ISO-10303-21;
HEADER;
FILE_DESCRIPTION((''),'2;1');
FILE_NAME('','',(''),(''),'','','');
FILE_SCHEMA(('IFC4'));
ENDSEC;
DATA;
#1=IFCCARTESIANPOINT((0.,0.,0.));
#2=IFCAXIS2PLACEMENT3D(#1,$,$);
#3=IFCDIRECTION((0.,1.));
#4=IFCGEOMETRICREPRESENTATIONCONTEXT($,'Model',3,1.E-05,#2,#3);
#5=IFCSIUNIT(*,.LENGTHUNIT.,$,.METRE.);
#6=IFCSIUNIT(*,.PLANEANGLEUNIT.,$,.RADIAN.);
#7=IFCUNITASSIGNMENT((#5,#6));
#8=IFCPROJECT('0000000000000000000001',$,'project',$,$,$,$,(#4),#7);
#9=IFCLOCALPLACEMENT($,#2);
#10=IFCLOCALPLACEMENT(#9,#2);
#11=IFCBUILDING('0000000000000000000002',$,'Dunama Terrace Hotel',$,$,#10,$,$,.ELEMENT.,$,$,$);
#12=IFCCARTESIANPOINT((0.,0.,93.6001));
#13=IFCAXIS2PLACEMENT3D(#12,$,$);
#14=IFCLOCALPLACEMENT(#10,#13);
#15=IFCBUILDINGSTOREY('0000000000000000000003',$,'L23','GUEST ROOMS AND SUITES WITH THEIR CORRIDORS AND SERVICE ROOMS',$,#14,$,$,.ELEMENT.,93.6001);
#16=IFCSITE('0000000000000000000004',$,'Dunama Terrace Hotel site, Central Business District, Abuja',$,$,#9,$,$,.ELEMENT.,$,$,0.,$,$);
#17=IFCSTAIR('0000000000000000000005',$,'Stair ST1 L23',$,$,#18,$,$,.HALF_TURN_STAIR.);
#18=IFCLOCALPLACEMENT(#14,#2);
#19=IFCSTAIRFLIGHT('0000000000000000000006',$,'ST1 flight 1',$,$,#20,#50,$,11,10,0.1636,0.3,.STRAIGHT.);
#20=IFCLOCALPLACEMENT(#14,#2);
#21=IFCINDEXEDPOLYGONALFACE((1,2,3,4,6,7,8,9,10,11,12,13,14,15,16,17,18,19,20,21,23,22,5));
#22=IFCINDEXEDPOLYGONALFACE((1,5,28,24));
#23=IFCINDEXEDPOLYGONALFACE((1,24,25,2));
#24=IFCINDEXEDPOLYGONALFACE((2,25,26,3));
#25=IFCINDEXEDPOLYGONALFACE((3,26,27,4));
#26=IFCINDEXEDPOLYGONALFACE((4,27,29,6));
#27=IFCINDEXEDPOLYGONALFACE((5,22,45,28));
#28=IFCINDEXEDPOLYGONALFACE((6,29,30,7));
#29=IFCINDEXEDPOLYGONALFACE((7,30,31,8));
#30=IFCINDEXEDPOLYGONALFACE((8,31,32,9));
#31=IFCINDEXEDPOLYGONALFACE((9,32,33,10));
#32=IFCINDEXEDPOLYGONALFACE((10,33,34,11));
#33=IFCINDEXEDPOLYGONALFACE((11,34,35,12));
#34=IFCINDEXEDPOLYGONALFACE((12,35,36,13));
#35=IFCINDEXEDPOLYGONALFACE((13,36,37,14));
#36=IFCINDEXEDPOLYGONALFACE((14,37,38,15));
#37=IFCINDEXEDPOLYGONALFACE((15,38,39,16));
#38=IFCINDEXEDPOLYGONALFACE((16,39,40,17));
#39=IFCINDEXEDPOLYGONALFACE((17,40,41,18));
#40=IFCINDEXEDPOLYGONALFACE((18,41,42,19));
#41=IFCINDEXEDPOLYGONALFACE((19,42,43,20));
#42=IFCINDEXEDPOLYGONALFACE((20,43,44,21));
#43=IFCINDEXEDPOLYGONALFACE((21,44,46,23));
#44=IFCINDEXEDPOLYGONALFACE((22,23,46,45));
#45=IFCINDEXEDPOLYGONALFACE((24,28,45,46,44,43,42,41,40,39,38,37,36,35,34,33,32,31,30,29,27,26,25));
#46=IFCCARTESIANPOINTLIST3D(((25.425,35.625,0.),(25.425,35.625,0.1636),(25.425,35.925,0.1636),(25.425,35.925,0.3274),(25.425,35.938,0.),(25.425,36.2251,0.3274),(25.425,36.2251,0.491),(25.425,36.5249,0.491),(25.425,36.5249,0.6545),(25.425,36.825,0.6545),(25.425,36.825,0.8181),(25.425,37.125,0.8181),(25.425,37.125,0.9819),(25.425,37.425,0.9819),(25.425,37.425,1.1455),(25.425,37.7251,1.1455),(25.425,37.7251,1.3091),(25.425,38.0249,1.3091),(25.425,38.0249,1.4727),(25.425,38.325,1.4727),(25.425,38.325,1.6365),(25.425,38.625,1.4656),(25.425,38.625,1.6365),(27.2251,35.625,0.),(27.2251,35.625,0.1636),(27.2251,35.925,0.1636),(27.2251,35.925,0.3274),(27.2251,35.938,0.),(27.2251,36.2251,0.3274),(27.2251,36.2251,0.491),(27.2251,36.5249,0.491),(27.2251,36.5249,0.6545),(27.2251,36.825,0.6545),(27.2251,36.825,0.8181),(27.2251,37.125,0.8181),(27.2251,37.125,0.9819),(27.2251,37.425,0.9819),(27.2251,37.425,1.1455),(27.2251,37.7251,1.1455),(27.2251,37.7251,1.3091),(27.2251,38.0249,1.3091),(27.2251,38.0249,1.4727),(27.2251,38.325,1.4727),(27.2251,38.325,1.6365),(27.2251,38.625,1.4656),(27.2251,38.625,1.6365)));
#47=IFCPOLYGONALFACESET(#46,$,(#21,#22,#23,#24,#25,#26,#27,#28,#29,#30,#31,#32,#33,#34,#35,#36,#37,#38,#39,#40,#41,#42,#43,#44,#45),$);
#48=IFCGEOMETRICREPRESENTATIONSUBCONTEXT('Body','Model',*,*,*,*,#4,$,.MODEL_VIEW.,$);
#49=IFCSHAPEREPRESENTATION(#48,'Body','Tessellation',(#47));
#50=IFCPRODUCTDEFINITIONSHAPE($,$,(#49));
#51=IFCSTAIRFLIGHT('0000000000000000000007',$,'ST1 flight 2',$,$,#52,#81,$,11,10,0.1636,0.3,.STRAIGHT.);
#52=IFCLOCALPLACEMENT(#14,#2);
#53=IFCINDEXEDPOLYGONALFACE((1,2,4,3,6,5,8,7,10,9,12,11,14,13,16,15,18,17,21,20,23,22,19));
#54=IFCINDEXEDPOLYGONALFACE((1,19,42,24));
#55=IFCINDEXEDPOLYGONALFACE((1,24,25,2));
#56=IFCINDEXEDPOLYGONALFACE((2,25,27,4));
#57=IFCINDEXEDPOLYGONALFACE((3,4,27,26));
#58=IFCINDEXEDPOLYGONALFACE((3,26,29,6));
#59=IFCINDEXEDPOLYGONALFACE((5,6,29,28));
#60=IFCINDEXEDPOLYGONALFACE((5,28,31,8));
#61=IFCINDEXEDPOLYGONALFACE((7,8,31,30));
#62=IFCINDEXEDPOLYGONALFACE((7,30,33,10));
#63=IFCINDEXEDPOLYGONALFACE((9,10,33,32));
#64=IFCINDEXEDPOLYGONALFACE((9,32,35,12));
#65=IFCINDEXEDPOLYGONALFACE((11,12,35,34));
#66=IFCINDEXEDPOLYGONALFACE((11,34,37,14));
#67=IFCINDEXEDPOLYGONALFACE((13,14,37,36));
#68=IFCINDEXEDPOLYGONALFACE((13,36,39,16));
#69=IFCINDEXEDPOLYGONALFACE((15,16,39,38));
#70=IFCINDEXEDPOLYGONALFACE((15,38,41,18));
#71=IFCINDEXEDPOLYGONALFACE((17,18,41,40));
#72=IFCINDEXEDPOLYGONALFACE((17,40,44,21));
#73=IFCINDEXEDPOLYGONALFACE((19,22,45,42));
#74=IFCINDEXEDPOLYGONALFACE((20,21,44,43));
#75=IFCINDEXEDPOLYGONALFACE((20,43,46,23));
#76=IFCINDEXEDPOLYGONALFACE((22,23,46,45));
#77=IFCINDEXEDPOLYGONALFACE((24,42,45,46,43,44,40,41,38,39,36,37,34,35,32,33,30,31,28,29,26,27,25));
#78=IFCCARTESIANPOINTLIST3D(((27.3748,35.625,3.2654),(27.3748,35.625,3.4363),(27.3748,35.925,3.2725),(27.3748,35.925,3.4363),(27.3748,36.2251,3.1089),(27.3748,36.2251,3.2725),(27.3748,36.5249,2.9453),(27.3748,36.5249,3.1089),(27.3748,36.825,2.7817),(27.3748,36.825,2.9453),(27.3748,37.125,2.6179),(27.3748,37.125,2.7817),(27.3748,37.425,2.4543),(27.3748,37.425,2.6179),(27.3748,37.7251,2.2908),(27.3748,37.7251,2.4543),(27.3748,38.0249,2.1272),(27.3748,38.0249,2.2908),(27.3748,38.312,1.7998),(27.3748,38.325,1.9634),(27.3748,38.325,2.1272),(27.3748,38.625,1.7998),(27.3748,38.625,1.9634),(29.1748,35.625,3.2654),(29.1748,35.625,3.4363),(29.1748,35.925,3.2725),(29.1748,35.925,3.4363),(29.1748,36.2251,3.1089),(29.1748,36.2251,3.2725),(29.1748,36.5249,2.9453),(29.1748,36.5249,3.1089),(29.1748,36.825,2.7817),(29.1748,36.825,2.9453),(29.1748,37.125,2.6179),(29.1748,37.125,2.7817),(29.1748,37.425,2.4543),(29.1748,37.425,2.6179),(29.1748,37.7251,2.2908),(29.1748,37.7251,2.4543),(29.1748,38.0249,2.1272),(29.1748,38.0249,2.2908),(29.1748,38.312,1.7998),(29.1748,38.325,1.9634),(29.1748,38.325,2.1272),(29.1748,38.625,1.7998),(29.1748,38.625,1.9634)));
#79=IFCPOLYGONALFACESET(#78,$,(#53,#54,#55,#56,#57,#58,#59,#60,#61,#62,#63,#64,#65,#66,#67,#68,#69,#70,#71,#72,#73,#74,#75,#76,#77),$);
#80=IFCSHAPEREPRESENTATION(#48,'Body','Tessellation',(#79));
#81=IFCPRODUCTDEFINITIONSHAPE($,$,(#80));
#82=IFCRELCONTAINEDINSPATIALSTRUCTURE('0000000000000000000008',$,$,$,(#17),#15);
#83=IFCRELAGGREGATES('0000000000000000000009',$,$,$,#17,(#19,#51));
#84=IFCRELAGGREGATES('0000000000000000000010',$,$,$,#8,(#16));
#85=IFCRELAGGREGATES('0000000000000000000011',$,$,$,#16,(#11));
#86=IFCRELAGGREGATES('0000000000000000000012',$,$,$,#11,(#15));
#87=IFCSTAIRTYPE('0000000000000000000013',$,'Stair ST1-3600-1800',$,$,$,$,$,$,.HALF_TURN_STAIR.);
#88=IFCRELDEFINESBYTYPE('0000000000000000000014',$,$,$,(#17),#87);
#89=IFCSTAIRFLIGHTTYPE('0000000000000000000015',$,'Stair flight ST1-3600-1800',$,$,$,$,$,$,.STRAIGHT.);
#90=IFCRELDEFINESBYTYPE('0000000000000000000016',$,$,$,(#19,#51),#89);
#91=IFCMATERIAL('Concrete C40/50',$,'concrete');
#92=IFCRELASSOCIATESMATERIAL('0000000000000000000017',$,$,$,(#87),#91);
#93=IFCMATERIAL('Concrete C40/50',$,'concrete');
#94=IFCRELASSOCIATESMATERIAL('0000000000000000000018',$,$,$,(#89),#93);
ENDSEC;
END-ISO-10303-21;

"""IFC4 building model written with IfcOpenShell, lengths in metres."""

from ifc_helpers import new_model, si_unit, direction, frame, origin, place, context, subcontext, project, spatial, polyline, outline, extrude, material, type_object, element, aggregate, save


model = new_model("IFC4")

# Units and contexts
model_context = context("Model", 3, precision=1e-05, world=origin(), true_north=direction((0.0, 1.0)))
body_context = subcontext(model_context, "Body", "Model", "MODEL_VIEW")
ifc_project = project(units=[si_unit("LENGTHUNIT", "METRE"), si_unit("PLANEANGLEUNIT", "RADIAN")], contexts=[model_context])

# Site, building, storey
site_placement = place(None, origin())
site = spatial("IfcSite", under=ifc_project, at=site_placement, Name="Dunama Terrace Hotel site, Central Business District, Abuja", CompositionType="ELEMENT", RefElevation=0.0)
building_placement = place(site_placement, origin())
building = spatial("IfcBuilding", under=site, at=building_placement, Name="Dunama Terrace Hotel", CompositionType="ELEMENT")
storey_placement = place(building_placement, frame((0.0, 0.0, 93.6001)))
storey = spatial("IfcBuildingStorey", under=building, at=storey_placement, Name="L23", Description="GUEST ROOMS AND SUITES WITH THEIR CORRIDORS AND SERVICE ROOMS", CompositionType="ELEMENT", Elevation=93.6001)

# Stair, stair flights
ifc_material_1 = material(Name="Concrete C40/50", Category="concrete")
stair_type = type_object("IfcStairType", Name="Stair ST1-3600-1800", PredefinedType="HALF_TURN_STAIR", material=ifc_material_1)
stair_placement = place(storey_placement, origin())
stair = element("IfcStair", 1, at=stair_placement, inside=storey, type_object=stair_type, Name="Stair ST1 L23", PredefinedType="HALF_TURN_STAIR")
ifc_material_2 = material(Name="Concrete C40/50", Category="concrete")
stair_flight_type = type_object("IfcStairFlightType", Name="Stair flight ST1-3600-1800", PredefinedType="STRAIGHT", material=ifc_material_2)
stair_flight_1_placement = place(storey_placement, frame((26.325, 35.625, 0.0), z_axis=(0.0, 0.0, 1.0), x_axis=(0.0, 1.0, 0.0)))
stair_flight_1 = element("IfcStairFlight", 2, at=stair_flight_1_placement, type_object=stair_flight_type, Name="ST1 flight 1", NumberOfRisers=11, NumberOfTreads=10, PredefinedType="STRAIGHT", RiserHeight=0.1636, TreadLength=0.3, context=body_context, shape_type="SweptSolid", body=[
    extrude(outline(polyline([(0.0, 0.0), (0.0, 0.1636), (0.3, 0.1636), (0.3, 0.3274), (0.6001, 0.3274), (0.6001, 0.491), (0.8999, 0.491), (0.8999, 0.6545), (1.2, 0.6545), (1.2, 0.8181), (1.5, 0.8181), (1.5, 0.9819), (1.8, 0.9819), (1.8, 1.1455), (2.1001, 1.1455), (2.1001, 1.3091), (2.3999, 1.3091), (2.3999, 1.4727), (2.7, 1.4727), (2.7, 1.6365), (3.0, 1.6365), (3.0, 1.8), (3.0, 1.4656), (0.313, 0.0), (0.0, 0.0)])), frame((0.0, 0.8999, 0.0), z_axis=(0.0, -1.0, 0.0), x_axis=(1.0, 0.0, 0.0)), (0.0, 0.0, 1.0), 1.8),
])
stair_flight_2_placement = place(storey_placement, frame((28.2749, 38.625, 1.7998), z_axis=(0.0, 0.0, 1.0), x_axis=(0.0, -1.0, 0.0)))
stair_flight_2 = element("IfcStairFlight", 3, at=stair_flight_2_placement, type_object=stair_flight_type, Name="ST1 flight 2", NumberOfRisers=11, NumberOfTreads=10, PredefinedType="STRAIGHT", RiserHeight=0.1636, TreadLength=0.3, context=body_context, shape_type="SweptSolid", body=[
    extrude(outline(polyline([(0.0, 0.0), (0.0, 0.1636), (0.3, 0.1636), (0.3, 0.3274), (0.6001, 0.3274), (0.6001, 0.491), (0.8999, 0.491), (0.8999, 0.6545), (1.2, 0.6545), (1.2, 0.8181), (1.5, 0.8181), (1.5, 0.9819), (1.8, 0.9819), (1.8, 1.1455), (2.1001, 1.1455), (2.1001, 1.3091), (2.3999, 1.3091), (2.3999, 1.4727), (2.7, 1.4727), (2.7, 1.6365), (3.0, 1.6365), (3.0, 1.8), (3.0, 1.4656), (0.313, 0.0), (0.0, 0.0)])), frame((0.0, 0.8999, 0.0), z_axis=(0.0, -1.0, 0.0), x_axis=(1.0, 0.0, 0.0)), (0.0, 0.0, 1.0), 1.8),
])
aggregate(stair, [stair_flight_1, stair_flight_2])

save(model, "model.ifc")
